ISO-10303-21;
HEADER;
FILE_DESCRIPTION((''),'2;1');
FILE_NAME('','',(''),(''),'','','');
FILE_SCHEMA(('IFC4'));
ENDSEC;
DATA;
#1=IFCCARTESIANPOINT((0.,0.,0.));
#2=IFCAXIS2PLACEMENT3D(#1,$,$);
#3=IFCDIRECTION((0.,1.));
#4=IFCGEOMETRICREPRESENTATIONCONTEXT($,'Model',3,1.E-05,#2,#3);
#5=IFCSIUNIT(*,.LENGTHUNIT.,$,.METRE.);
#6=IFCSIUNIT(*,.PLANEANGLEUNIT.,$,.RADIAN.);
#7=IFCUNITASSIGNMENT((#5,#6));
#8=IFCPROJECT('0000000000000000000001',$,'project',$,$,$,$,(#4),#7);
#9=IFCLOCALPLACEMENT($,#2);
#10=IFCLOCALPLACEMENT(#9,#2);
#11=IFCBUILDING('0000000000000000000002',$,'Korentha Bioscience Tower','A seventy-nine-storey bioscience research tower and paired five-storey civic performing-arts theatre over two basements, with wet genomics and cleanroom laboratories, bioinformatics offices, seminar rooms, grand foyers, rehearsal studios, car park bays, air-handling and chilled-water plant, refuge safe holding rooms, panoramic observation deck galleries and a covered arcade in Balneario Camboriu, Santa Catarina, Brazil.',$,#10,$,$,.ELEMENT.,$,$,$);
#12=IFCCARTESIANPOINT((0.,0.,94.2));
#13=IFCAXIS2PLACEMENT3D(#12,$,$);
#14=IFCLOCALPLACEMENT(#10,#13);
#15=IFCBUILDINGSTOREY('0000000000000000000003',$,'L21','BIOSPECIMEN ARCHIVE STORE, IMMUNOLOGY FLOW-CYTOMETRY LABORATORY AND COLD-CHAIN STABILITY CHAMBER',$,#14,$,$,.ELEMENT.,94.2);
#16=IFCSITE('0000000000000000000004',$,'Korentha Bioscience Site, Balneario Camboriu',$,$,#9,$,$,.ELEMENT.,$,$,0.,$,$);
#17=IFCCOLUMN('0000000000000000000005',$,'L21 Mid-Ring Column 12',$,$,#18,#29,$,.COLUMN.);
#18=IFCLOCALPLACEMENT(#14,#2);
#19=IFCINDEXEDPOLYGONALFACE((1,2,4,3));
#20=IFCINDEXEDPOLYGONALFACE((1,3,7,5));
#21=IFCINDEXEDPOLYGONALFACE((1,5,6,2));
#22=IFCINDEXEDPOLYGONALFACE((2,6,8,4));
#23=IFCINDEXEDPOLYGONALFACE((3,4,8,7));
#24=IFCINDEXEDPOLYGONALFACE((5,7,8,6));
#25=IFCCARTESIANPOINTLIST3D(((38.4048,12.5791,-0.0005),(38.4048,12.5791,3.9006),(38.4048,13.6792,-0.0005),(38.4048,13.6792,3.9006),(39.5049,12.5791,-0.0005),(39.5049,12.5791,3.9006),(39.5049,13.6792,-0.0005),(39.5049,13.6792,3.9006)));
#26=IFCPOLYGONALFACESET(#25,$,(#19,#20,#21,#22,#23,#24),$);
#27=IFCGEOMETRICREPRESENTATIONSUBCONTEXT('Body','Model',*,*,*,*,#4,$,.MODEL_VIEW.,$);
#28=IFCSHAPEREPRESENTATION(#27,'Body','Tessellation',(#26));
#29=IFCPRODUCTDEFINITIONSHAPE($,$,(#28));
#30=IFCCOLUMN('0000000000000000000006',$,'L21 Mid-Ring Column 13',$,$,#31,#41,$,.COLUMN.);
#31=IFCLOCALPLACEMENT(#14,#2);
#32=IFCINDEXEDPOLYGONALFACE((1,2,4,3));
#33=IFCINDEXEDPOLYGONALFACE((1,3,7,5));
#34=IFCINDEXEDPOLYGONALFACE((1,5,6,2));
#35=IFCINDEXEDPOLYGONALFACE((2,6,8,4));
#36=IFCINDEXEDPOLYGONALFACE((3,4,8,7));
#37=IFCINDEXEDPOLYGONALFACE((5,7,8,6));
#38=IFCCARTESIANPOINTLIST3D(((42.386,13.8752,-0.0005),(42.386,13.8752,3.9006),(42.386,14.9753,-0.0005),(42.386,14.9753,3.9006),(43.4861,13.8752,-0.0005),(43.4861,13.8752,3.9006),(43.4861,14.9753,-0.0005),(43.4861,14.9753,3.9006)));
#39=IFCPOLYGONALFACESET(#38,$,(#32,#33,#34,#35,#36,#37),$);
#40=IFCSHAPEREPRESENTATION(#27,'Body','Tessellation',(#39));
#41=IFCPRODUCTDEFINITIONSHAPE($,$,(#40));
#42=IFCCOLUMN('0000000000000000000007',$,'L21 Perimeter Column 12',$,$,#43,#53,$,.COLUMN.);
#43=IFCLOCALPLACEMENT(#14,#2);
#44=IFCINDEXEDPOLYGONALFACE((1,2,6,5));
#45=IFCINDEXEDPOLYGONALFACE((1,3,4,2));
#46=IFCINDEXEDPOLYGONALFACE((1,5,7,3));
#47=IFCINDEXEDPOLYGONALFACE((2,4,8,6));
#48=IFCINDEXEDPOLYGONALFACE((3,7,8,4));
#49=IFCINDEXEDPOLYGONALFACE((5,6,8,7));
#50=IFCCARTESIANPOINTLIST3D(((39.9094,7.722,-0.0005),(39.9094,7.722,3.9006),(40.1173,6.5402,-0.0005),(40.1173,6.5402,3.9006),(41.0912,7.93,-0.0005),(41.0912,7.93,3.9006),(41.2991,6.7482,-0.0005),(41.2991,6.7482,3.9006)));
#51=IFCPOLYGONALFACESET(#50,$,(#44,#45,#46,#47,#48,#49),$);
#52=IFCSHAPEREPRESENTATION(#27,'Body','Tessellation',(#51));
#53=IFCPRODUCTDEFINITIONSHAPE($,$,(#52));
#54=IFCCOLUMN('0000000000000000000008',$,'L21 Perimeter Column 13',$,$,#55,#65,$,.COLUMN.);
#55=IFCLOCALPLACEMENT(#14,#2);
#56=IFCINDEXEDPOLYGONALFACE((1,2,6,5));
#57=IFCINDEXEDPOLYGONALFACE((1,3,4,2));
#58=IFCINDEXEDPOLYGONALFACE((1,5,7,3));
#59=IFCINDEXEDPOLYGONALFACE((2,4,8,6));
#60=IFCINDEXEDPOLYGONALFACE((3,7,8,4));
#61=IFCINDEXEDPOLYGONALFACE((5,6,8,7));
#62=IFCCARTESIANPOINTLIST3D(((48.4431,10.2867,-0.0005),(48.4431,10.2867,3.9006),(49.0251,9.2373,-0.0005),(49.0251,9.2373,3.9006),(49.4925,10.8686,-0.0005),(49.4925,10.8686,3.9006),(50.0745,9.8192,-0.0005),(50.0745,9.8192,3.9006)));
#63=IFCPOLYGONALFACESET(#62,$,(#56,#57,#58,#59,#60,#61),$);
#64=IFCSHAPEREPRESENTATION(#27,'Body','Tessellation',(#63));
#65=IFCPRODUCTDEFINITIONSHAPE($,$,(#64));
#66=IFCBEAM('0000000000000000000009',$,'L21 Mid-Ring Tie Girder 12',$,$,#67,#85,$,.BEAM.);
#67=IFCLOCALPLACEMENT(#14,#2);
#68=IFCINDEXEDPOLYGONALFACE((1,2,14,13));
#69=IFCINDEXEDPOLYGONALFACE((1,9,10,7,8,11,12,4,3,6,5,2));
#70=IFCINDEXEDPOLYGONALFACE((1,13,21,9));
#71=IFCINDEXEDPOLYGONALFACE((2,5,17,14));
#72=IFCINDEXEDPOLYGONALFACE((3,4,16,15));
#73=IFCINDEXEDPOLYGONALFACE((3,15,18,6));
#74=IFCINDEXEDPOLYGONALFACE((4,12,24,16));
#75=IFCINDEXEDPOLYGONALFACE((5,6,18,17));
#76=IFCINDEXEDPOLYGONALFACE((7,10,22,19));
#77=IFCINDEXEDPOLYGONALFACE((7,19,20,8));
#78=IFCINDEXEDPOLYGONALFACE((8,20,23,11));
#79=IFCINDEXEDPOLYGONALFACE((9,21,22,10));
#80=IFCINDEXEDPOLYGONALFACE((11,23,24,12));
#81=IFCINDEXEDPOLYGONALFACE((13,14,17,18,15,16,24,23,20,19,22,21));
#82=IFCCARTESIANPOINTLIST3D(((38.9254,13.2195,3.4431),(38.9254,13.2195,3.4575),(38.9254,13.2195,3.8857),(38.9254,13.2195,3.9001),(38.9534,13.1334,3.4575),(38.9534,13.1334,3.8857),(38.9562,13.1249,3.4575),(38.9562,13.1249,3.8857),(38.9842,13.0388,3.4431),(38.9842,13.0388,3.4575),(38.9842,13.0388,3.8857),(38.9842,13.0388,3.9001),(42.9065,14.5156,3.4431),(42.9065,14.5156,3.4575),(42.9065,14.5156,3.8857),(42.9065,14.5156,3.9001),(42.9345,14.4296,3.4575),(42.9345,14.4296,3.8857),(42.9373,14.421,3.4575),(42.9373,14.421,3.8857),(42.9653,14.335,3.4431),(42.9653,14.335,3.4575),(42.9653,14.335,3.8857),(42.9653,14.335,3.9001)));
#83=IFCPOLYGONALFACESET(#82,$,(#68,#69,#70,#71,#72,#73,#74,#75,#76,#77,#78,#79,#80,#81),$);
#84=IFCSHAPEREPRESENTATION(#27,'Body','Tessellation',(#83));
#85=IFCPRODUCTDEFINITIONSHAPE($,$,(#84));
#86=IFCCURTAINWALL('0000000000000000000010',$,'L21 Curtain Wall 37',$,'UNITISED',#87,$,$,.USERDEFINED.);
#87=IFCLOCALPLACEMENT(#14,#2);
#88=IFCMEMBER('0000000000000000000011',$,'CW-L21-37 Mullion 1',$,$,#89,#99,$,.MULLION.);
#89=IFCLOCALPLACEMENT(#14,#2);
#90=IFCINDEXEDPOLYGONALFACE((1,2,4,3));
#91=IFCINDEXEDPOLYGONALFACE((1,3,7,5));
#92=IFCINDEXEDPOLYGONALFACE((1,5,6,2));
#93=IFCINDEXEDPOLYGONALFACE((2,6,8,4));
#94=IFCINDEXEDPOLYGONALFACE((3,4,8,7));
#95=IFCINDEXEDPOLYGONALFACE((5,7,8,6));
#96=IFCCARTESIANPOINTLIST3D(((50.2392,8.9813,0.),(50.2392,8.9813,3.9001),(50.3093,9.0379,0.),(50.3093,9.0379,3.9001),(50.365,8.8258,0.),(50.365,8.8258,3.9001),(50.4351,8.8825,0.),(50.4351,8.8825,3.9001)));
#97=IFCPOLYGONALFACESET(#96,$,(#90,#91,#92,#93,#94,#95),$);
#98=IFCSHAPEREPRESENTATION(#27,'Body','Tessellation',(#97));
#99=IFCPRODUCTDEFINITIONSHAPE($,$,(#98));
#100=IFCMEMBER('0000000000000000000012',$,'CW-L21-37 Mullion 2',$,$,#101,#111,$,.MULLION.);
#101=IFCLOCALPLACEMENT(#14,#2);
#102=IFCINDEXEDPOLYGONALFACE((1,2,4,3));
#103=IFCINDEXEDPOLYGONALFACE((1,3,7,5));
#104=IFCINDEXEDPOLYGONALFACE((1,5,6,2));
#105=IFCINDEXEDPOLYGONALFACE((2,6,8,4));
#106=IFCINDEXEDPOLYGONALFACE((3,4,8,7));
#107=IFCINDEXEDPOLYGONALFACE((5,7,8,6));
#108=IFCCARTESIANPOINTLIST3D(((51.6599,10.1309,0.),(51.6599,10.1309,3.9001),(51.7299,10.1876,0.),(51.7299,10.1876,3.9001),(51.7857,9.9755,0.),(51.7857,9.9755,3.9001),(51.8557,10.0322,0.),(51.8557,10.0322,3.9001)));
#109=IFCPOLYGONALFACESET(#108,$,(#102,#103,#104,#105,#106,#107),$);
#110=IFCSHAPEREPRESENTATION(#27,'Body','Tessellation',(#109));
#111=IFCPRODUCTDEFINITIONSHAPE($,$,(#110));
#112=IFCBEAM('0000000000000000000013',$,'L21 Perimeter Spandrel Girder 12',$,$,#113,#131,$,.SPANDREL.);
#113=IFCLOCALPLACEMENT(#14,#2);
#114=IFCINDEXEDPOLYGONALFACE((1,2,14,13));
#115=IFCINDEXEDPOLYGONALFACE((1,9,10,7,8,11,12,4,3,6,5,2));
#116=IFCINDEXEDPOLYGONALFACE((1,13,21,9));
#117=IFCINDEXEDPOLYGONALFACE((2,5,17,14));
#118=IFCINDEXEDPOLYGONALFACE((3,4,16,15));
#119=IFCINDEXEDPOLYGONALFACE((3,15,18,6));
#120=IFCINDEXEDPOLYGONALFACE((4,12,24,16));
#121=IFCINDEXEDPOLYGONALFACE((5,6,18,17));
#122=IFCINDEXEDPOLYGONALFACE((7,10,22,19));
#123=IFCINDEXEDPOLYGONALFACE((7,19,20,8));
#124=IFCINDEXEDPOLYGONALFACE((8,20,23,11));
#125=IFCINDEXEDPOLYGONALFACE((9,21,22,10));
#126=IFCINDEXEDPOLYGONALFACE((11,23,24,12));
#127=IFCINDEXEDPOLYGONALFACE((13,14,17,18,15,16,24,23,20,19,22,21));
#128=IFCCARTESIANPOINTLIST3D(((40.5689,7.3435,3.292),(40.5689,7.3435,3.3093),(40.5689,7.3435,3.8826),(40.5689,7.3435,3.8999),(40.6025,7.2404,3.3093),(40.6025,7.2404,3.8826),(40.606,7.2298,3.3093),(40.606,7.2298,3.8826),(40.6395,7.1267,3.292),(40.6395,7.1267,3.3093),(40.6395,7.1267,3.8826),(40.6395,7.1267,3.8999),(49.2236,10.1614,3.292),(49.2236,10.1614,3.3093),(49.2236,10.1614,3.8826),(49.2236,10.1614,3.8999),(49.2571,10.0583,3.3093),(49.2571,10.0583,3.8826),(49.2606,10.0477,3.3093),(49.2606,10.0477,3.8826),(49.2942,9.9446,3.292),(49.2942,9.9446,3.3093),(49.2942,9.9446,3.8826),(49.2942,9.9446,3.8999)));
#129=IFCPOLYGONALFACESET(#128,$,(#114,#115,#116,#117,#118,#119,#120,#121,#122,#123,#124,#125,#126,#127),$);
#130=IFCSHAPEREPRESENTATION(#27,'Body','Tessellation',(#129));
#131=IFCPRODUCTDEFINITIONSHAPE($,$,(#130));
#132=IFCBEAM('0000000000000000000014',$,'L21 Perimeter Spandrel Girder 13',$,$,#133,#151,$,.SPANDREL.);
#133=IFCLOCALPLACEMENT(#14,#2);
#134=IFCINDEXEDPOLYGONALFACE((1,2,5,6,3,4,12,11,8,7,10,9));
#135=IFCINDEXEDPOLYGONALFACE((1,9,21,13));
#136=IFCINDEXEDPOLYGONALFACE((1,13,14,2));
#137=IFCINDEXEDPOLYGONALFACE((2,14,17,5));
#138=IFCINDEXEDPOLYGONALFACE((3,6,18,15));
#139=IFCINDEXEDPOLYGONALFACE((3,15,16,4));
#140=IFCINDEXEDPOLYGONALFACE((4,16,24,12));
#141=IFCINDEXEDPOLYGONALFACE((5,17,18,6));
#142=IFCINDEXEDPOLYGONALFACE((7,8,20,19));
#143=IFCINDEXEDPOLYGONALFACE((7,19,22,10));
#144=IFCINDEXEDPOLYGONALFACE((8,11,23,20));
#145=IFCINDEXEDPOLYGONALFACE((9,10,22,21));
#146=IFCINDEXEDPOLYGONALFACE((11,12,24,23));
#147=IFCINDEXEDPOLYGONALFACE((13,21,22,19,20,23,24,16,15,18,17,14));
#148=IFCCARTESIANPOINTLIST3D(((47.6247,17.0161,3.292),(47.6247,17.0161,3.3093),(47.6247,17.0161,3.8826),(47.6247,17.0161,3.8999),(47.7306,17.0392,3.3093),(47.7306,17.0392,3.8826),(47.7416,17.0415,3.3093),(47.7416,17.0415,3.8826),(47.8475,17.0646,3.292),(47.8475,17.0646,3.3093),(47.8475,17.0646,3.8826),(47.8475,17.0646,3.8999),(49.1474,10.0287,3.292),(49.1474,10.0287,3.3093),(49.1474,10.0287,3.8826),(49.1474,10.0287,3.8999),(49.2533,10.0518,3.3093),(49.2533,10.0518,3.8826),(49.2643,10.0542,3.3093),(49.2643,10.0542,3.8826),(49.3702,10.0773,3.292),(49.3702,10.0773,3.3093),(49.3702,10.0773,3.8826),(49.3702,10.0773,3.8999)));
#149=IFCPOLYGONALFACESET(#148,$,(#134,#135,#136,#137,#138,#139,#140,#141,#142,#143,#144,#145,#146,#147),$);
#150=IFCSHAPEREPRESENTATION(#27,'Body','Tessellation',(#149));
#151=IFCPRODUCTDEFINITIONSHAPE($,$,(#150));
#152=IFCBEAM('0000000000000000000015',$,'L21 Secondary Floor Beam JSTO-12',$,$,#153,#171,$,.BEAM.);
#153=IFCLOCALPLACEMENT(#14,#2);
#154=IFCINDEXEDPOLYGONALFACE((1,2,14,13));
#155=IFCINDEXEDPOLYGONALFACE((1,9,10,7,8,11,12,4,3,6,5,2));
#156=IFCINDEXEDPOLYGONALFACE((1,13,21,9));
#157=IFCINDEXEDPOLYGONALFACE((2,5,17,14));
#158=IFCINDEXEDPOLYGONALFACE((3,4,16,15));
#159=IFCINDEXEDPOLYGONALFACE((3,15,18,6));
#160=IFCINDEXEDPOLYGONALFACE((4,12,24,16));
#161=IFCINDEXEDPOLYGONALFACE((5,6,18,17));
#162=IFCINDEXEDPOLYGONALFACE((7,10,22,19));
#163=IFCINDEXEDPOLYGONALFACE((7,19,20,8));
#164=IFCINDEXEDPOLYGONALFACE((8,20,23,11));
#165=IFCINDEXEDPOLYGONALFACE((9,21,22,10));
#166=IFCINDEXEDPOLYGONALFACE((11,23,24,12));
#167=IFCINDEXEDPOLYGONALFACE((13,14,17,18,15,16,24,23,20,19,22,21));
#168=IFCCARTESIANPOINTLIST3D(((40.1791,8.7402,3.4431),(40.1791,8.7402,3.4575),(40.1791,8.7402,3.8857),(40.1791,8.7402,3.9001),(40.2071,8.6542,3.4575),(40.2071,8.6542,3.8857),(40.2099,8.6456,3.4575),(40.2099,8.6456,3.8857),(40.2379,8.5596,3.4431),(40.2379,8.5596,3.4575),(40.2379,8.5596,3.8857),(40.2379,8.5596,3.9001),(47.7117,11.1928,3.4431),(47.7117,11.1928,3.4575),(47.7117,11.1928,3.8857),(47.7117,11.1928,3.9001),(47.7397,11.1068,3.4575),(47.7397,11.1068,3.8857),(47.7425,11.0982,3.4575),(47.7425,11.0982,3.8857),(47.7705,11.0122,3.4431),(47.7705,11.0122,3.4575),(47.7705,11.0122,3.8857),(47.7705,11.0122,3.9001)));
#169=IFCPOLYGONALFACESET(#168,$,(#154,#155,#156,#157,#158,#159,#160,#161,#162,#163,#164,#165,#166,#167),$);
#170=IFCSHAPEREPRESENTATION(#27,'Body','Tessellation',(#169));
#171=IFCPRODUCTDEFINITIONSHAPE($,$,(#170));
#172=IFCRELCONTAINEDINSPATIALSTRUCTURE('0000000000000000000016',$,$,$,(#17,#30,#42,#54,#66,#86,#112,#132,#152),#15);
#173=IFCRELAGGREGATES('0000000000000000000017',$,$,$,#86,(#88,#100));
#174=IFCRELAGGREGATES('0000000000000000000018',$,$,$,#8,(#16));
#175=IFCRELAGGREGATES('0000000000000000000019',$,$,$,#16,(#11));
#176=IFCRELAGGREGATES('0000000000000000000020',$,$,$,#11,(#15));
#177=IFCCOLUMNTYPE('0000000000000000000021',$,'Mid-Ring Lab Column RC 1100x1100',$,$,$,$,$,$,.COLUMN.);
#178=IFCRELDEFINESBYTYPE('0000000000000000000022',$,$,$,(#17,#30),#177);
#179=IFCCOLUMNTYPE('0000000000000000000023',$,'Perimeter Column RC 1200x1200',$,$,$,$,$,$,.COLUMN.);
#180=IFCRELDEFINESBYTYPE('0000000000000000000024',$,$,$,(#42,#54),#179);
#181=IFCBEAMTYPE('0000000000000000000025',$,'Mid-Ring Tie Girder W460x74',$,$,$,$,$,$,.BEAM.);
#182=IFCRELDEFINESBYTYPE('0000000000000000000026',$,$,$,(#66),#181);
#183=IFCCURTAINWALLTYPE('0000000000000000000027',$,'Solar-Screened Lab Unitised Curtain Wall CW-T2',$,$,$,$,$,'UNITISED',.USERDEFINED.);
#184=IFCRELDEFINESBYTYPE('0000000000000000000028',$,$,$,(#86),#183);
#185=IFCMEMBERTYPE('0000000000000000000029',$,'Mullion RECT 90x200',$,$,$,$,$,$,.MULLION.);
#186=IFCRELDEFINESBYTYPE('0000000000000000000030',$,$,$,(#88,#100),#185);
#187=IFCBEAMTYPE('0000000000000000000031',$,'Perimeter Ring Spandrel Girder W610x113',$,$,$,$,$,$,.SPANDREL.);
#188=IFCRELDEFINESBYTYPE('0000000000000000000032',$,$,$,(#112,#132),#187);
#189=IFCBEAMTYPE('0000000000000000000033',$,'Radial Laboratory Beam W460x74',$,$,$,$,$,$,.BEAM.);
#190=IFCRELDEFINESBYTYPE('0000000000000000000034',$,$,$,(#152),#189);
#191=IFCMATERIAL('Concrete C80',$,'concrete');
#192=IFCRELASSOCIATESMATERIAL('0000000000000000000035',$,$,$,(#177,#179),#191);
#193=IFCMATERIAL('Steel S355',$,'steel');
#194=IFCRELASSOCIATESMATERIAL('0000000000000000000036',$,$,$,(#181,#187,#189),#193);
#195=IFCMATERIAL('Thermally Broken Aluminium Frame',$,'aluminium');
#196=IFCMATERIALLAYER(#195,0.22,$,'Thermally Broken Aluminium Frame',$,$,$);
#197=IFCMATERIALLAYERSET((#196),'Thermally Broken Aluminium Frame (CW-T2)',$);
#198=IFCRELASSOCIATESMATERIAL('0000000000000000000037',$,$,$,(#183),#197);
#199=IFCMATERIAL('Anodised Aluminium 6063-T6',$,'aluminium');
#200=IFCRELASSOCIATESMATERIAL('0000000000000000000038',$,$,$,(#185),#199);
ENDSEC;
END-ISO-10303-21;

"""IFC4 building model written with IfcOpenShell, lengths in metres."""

from ifc_helpers import new_model, si_unit, direction, frame, origin, origin_2d, place, context, subcontext, project, spatial, rectangle, i_section, extrude, material, layer, layer_set, material_profile, profile_set, type_object, element, aggregate, save


model = new_model("IFC4")

# Units and contexts
model_context = context("Model", 3, precision=1e-05, world=origin(), true_north=direction((0.0, 1.0)))
body_context = subcontext(model_context, "Body", "Model", "MODEL_VIEW")
ifc_project = project(units=[si_unit("LENGTHUNIT", "METRE"), si_unit("PLANEANGLEUNIT", "RADIAN")], contexts=[model_context])

# Site, building, storey
site_placement = place(None, origin())
site = spatial("IfcSite", under=ifc_project, at=site_placement, Name="Korentha Bioscience Site, Balneario Camboriu", CompositionType="ELEMENT", RefElevation=0.0)
building_placement = place(site_placement, origin())
building = spatial("IfcBuilding", under=site, at=building_placement, Name="Korentha Bioscience Tower", Description="A seventy-nine-storey bioscience research tower and paired five-storey civic performing-arts theatre over two basements, with wet genomics and cleanroom laboratories, bioinformatics offices, seminar rooms, grand foyers, rehearsal studios, car park bays, air-handling and chilled-water plant, refuge safe holding rooms, panoramic observation deck galleries and a covered arcade in Balneario Camboriu, Santa Catarina, Brazil.", CompositionType="ELEMENT")
storey_placement = place(building_placement, frame((0.0, 0.0, 94.2)))
storey = spatial("IfcBuildingStorey", under=building, at=storey_placement, Name="L21", Description="BIOSPECIMEN ARCHIVE STORE, IMMUNOLOGY FLOW-CYTOMETRY LABORATORY AND COLD-CHAIN STABILITY CHAMBER", CompositionType="ELEMENT", Elevation=94.2)

# Columns
ifc_material_1 = material(Name="Concrete C80", Category="concrete")
ifc_material_profile_1 = material_profile(ifc_material_1, rectangle(XDim=1.1001, YDim=1.1001, at=origin_2d()), Name="Concrete C80")
ifc_profile_set_1 = profile_set([ifc_material_profile_1], Name="Concrete C80 (COL-MR11)")
column_type_1 = type_object("IfcColumnType", Name="Mid-Ring Lab Column RC 1100x1100", PredefinedType="COLUMN", material=ifc_profile_set_1)
for number, where, z_axis, x_axis, name in (
    (1, (38.9548, 13.1292, -0.0005), (0.0, 0.0, 1.0), (1.0, 0.0, 0.0), "L21 Mid-Ring Column 12"),
    (2, (42.936, 14.4253, -0.0005), (0.0, 0.0, 1.0), (1.0, 0.0, 0.0), "L21 Mid-Ring Column 13"),
):
    element("IfcColumn", number, at=place(storey_placement, frame(where, z_axis=z_axis, x_axis=x_axis)), inside=storey, type_object=column_type_1, Name=name, PredefinedType="COLUMN", context=body_context, shape_type="SweptSolid", body=[
        extrude(rectangle(XDim=1.1001, YDim=1.1001, at=origin_2d()), origin(), (0.0, 0.0, 1.0), 3.9011),
    ])
ifc_material_profile_2 = material_profile(ifc_material_1, rectangle(XDim=1.2, YDim=1.2, at=origin_2d()), Name="Concrete C80")
ifc_profile_set_2 = profile_set([ifc_material_profile_2], Name="Concrete C80 (COL-P12)")
column_type_2 = type_object("IfcColumnType", Name="Perimeter Column RC 1200x1200", PredefinedType="COLUMN", material=ifc_profile_set_2)
for number, where, z_axis, x_axis, name in (
    (3, (40.6042, 7.2351, -0.0005), (0.0, 0.0, 1.0), (0.984868, 0.173304, 0.0), "L21 Perimeter Column 12"),
    (4, (49.2588, 10.053, -0.0005), (0.0, 0.0, 1.0), (0.874535, 0.484962, 0.0), "L21 Perimeter Column 13"),
):
    element("IfcColumn", number, at=place(storey_placement, frame(where, z_axis=z_axis, x_axis=x_axis)), inside=storey, type_object=column_type_2, Name=name, PredefinedType="COLUMN", context=body_context, shape_type="SweptSolid", body=[
        extrude(rectangle(XDim=1.2, YDim=1.2, at=origin_2d()), origin(), (0.0, 0.0, 1.0), 3.9011),
    ])

# Beam
ifc_material_2 = material(Name="Steel S355", Category="steel")
ifc_material_profile_3 = material_profile(ifc_material_2, i_section(OverallWidth=0.1899, OverallDepth=0.457, WebThickness=0.009, FlangeThickness=0.0144, at=origin_2d()), Name="Steel S355")
ifc_profile_set_3 = profile_set([ifc_material_profile_3], Name="Steel S355 (MB-460)")
beam_type_1 = type_object("IfcBeamType", Name="Mid-Ring Tie Girder W460x74", PredefinedType="BEAM", material=ifc_profile_set_3)
beam_1_placement = place(storey_placement, frame((38.9548, 13.1292, 3.6716), z_axis=(0.950876, 0.309573, 0.0), x_axis=(-0.309573, 0.950876, 0.0)))
element("IfcBeam", 5, at=beam_1_placement, inside=storey, type_object=beam_type_1, Name="L21 Mid-Ring Tie Girder 12", PredefinedType="BEAM", context=body_context, shape_type="SweptSolid", body=[
    extrude(i_section(OverallWidth=0.1899, OverallDepth=0.457, WebThickness=0.009, FlangeThickness=0.0144, at=origin_2d()), origin(), (0.0, 0.0, 1.0), 4.1868),
])

# Curtain wall, members
ifc_material_3 = material(Name="Thermally Broken Aluminium Frame", Category="aluminium")
ifc_layer_1 = layer(ifc_material_3, 0.22, Name="Thermally Broken Aluminium Frame")
ifc_layer_set_1 = layer_set([ifc_layer_1], Name="Thermally Broken Aluminium Frame (CW-T2)")
curtain_wall_type = type_object("IfcCurtainWallType", Name="Solar-Screened Lab Unitised Curtain Wall CW-T2", ElementType="UNITISED", PredefinedType="USERDEFINED", material=ifc_layer_set_1)
curtain_wall_placement = place(storey_placement, origin())
curtain_wall = element("IfcCurtainWall", 6, at=curtain_wall_placement, inside=storey, type_object=curtain_wall_type, Name="L21 Curtain Wall 37", ObjectType="UNITISED", PredefinedType="USERDEFINED")
ifc_material_4 = material(Name="Anodised Aluminium 6063-T6", Category="aluminium")
ifc_material_profile_4 = material_profile(ifc_material_4, rectangle(XDim=0.0901, YDim=0.2, at=origin_2d()), Name="Anodised Aluminium 6063-T6")
ifc_profile_set_4 = profile_set([ifc_material_profile_4], Name="Anodised Aluminium 6063-T6 (CW-MUL)")
member_type_1 = type_object("IfcMemberType", Name="Mullion RECT 90x200", PredefinedType="MULLION", material=ifc_profile_set_4)
member_1_placement = place(storey_placement, frame((50.3372, 8.9319, 0.0), z_axis=(0.0, 0.0, 1.0), x_axis=(0.777315, 0.629111, 0.0)))
member_1 = element("IfcMember", 7, at=member_1_placement, type_object=member_type_1, Name="CW-L21-37 Mullion 1", PredefinedType="MULLION", context=body_context, shape_type="SweptSolid", body=[
    extrude(rectangle(XDim=0.0901, YDim=0.2, at=origin_2d()), origin(), (0.0, 0.0, 1.0), 3.9001),
])
member_2_placement = place(storey_placement, frame((51.7578, 10.0815, 0.0), z_axis=(0.0, 0.0, 1.0), x_axis=(0.777315, 0.629111, 0.0)))
member_2 = element("IfcMember", 8, at=member_2_placement, type_object=member_type_1, Name="CW-L21-37 Mullion 2", PredefinedType="MULLION", context=body_context, shape_type="SweptSolid", body=[
    extrude(rectangle(XDim=0.0901, YDim=0.2, at=origin_2d()), origin(), (0.0, 0.0, 1.0), 3.9001),
])

# Beams
ifc_material_profile_5 = material_profile(ifc_material_2, i_section(OverallWidth=0.228, OverallDepth=0.6079, WebThickness=0.0112, FlangeThickness=0.0173, at=origin_2d()), Name="Steel S355")
ifc_profile_set_5 = profile_set([ifc_material_profile_5], Name="Steel S355 (SB-610)")
beam_type_2 = type_object("IfcBeamType", Name="Perimeter Ring Spandrel Girder W610x113", PredefinedType="SPANDREL", material=ifc_profile_set_5)
beam_2_placement = place(storey_placement, frame((40.6042, 7.2351, 3.5959), z_axis=(0.950868, 0.309597, 0.0), x_axis=(-0.309597, 0.950868, 0.0)))
element("IfcBeam", 9, at=beam_2_placement, inside=storey, type_object=beam_type_2, Name="L21 Perimeter Spandrel Girder 12", PredefinedType="SPANDREL", context=body_context, shape_type="SweptSolid", body=[
    extrude(i_section(OverallWidth=0.228, OverallDepth=0.6079, WebThickness=0.0112, FlangeThickness=0.0173, at=origin_2d()), origin(), (0.0, 0.0, 1.0), 9.1018),
])
beam_3_placement = place(storey_placement, frame((49.2588, 10.053, 3.5959), z_axis=(-0.212927, 0.977068, 0.0), x_axis=(-0.977068, -0.212927, 0.0)))
element("IfcBeam", 10, at=beam_3_placement, inside=storey, type_object=beam_type_2, Name="L21 Perimeter Spandrel Girder 13", PredefinedType="SPANDREL", context=body_context, shape_type="SweptSolid", body=[
    extrude(i_section(OverallWidth=0.228, OverallDepth=0.6079, WebThickness=0.0112, FlangeThickness=0.0173, at=origin_2d()), origin(), (0.0, 0.0, 1.0), 7.1514),
])
ifc_material_profile_6 = material_profile(ifc_material_2, i_section(OverallWidth=0.1899, OverallDepth=0.457, WebThickness=0.009, FlangeThickness=0.0144, at=origin_2d()), Name="Steel S355")
ifc_profile_set_6 = profile_set([ifc_material_profile_6], Name="Steel S355 (RB-460)")
beam_type_3 = type_object("IfcBeamType", Name="Radial Laboratory Beam W460x74", PredefinedType="BEAM", material=ifc_profile_set_6)
beam_4_placement = place(storey_placement, frame((40.2085, 8.6499, 3.6716), z_axis=(0.950867, 0.3096, 0.0), x_axis=(-0.3096, 0.950867, 0.0)))
element("IfcBeam", 11, at=beam_4_placement, inside=storey, type_object=beam_type_3, Name="L21 Secondary Floor Beam JSTO-12", PredefinedType="BEAM", context=body_context, shape_type="SweptSolid", body=[
    extrude(i_section(OverallWidth=0.1899, OverallDepth=0.457, WebThickness=0.009, FlangeThickness=0.0144, at=origin_2d()), origin(), (0.0, 0.0, 1.0), 7.9219),
])

aggregate(curtain_wall, [member_1, member_2])

save(model, "model.ifc")
